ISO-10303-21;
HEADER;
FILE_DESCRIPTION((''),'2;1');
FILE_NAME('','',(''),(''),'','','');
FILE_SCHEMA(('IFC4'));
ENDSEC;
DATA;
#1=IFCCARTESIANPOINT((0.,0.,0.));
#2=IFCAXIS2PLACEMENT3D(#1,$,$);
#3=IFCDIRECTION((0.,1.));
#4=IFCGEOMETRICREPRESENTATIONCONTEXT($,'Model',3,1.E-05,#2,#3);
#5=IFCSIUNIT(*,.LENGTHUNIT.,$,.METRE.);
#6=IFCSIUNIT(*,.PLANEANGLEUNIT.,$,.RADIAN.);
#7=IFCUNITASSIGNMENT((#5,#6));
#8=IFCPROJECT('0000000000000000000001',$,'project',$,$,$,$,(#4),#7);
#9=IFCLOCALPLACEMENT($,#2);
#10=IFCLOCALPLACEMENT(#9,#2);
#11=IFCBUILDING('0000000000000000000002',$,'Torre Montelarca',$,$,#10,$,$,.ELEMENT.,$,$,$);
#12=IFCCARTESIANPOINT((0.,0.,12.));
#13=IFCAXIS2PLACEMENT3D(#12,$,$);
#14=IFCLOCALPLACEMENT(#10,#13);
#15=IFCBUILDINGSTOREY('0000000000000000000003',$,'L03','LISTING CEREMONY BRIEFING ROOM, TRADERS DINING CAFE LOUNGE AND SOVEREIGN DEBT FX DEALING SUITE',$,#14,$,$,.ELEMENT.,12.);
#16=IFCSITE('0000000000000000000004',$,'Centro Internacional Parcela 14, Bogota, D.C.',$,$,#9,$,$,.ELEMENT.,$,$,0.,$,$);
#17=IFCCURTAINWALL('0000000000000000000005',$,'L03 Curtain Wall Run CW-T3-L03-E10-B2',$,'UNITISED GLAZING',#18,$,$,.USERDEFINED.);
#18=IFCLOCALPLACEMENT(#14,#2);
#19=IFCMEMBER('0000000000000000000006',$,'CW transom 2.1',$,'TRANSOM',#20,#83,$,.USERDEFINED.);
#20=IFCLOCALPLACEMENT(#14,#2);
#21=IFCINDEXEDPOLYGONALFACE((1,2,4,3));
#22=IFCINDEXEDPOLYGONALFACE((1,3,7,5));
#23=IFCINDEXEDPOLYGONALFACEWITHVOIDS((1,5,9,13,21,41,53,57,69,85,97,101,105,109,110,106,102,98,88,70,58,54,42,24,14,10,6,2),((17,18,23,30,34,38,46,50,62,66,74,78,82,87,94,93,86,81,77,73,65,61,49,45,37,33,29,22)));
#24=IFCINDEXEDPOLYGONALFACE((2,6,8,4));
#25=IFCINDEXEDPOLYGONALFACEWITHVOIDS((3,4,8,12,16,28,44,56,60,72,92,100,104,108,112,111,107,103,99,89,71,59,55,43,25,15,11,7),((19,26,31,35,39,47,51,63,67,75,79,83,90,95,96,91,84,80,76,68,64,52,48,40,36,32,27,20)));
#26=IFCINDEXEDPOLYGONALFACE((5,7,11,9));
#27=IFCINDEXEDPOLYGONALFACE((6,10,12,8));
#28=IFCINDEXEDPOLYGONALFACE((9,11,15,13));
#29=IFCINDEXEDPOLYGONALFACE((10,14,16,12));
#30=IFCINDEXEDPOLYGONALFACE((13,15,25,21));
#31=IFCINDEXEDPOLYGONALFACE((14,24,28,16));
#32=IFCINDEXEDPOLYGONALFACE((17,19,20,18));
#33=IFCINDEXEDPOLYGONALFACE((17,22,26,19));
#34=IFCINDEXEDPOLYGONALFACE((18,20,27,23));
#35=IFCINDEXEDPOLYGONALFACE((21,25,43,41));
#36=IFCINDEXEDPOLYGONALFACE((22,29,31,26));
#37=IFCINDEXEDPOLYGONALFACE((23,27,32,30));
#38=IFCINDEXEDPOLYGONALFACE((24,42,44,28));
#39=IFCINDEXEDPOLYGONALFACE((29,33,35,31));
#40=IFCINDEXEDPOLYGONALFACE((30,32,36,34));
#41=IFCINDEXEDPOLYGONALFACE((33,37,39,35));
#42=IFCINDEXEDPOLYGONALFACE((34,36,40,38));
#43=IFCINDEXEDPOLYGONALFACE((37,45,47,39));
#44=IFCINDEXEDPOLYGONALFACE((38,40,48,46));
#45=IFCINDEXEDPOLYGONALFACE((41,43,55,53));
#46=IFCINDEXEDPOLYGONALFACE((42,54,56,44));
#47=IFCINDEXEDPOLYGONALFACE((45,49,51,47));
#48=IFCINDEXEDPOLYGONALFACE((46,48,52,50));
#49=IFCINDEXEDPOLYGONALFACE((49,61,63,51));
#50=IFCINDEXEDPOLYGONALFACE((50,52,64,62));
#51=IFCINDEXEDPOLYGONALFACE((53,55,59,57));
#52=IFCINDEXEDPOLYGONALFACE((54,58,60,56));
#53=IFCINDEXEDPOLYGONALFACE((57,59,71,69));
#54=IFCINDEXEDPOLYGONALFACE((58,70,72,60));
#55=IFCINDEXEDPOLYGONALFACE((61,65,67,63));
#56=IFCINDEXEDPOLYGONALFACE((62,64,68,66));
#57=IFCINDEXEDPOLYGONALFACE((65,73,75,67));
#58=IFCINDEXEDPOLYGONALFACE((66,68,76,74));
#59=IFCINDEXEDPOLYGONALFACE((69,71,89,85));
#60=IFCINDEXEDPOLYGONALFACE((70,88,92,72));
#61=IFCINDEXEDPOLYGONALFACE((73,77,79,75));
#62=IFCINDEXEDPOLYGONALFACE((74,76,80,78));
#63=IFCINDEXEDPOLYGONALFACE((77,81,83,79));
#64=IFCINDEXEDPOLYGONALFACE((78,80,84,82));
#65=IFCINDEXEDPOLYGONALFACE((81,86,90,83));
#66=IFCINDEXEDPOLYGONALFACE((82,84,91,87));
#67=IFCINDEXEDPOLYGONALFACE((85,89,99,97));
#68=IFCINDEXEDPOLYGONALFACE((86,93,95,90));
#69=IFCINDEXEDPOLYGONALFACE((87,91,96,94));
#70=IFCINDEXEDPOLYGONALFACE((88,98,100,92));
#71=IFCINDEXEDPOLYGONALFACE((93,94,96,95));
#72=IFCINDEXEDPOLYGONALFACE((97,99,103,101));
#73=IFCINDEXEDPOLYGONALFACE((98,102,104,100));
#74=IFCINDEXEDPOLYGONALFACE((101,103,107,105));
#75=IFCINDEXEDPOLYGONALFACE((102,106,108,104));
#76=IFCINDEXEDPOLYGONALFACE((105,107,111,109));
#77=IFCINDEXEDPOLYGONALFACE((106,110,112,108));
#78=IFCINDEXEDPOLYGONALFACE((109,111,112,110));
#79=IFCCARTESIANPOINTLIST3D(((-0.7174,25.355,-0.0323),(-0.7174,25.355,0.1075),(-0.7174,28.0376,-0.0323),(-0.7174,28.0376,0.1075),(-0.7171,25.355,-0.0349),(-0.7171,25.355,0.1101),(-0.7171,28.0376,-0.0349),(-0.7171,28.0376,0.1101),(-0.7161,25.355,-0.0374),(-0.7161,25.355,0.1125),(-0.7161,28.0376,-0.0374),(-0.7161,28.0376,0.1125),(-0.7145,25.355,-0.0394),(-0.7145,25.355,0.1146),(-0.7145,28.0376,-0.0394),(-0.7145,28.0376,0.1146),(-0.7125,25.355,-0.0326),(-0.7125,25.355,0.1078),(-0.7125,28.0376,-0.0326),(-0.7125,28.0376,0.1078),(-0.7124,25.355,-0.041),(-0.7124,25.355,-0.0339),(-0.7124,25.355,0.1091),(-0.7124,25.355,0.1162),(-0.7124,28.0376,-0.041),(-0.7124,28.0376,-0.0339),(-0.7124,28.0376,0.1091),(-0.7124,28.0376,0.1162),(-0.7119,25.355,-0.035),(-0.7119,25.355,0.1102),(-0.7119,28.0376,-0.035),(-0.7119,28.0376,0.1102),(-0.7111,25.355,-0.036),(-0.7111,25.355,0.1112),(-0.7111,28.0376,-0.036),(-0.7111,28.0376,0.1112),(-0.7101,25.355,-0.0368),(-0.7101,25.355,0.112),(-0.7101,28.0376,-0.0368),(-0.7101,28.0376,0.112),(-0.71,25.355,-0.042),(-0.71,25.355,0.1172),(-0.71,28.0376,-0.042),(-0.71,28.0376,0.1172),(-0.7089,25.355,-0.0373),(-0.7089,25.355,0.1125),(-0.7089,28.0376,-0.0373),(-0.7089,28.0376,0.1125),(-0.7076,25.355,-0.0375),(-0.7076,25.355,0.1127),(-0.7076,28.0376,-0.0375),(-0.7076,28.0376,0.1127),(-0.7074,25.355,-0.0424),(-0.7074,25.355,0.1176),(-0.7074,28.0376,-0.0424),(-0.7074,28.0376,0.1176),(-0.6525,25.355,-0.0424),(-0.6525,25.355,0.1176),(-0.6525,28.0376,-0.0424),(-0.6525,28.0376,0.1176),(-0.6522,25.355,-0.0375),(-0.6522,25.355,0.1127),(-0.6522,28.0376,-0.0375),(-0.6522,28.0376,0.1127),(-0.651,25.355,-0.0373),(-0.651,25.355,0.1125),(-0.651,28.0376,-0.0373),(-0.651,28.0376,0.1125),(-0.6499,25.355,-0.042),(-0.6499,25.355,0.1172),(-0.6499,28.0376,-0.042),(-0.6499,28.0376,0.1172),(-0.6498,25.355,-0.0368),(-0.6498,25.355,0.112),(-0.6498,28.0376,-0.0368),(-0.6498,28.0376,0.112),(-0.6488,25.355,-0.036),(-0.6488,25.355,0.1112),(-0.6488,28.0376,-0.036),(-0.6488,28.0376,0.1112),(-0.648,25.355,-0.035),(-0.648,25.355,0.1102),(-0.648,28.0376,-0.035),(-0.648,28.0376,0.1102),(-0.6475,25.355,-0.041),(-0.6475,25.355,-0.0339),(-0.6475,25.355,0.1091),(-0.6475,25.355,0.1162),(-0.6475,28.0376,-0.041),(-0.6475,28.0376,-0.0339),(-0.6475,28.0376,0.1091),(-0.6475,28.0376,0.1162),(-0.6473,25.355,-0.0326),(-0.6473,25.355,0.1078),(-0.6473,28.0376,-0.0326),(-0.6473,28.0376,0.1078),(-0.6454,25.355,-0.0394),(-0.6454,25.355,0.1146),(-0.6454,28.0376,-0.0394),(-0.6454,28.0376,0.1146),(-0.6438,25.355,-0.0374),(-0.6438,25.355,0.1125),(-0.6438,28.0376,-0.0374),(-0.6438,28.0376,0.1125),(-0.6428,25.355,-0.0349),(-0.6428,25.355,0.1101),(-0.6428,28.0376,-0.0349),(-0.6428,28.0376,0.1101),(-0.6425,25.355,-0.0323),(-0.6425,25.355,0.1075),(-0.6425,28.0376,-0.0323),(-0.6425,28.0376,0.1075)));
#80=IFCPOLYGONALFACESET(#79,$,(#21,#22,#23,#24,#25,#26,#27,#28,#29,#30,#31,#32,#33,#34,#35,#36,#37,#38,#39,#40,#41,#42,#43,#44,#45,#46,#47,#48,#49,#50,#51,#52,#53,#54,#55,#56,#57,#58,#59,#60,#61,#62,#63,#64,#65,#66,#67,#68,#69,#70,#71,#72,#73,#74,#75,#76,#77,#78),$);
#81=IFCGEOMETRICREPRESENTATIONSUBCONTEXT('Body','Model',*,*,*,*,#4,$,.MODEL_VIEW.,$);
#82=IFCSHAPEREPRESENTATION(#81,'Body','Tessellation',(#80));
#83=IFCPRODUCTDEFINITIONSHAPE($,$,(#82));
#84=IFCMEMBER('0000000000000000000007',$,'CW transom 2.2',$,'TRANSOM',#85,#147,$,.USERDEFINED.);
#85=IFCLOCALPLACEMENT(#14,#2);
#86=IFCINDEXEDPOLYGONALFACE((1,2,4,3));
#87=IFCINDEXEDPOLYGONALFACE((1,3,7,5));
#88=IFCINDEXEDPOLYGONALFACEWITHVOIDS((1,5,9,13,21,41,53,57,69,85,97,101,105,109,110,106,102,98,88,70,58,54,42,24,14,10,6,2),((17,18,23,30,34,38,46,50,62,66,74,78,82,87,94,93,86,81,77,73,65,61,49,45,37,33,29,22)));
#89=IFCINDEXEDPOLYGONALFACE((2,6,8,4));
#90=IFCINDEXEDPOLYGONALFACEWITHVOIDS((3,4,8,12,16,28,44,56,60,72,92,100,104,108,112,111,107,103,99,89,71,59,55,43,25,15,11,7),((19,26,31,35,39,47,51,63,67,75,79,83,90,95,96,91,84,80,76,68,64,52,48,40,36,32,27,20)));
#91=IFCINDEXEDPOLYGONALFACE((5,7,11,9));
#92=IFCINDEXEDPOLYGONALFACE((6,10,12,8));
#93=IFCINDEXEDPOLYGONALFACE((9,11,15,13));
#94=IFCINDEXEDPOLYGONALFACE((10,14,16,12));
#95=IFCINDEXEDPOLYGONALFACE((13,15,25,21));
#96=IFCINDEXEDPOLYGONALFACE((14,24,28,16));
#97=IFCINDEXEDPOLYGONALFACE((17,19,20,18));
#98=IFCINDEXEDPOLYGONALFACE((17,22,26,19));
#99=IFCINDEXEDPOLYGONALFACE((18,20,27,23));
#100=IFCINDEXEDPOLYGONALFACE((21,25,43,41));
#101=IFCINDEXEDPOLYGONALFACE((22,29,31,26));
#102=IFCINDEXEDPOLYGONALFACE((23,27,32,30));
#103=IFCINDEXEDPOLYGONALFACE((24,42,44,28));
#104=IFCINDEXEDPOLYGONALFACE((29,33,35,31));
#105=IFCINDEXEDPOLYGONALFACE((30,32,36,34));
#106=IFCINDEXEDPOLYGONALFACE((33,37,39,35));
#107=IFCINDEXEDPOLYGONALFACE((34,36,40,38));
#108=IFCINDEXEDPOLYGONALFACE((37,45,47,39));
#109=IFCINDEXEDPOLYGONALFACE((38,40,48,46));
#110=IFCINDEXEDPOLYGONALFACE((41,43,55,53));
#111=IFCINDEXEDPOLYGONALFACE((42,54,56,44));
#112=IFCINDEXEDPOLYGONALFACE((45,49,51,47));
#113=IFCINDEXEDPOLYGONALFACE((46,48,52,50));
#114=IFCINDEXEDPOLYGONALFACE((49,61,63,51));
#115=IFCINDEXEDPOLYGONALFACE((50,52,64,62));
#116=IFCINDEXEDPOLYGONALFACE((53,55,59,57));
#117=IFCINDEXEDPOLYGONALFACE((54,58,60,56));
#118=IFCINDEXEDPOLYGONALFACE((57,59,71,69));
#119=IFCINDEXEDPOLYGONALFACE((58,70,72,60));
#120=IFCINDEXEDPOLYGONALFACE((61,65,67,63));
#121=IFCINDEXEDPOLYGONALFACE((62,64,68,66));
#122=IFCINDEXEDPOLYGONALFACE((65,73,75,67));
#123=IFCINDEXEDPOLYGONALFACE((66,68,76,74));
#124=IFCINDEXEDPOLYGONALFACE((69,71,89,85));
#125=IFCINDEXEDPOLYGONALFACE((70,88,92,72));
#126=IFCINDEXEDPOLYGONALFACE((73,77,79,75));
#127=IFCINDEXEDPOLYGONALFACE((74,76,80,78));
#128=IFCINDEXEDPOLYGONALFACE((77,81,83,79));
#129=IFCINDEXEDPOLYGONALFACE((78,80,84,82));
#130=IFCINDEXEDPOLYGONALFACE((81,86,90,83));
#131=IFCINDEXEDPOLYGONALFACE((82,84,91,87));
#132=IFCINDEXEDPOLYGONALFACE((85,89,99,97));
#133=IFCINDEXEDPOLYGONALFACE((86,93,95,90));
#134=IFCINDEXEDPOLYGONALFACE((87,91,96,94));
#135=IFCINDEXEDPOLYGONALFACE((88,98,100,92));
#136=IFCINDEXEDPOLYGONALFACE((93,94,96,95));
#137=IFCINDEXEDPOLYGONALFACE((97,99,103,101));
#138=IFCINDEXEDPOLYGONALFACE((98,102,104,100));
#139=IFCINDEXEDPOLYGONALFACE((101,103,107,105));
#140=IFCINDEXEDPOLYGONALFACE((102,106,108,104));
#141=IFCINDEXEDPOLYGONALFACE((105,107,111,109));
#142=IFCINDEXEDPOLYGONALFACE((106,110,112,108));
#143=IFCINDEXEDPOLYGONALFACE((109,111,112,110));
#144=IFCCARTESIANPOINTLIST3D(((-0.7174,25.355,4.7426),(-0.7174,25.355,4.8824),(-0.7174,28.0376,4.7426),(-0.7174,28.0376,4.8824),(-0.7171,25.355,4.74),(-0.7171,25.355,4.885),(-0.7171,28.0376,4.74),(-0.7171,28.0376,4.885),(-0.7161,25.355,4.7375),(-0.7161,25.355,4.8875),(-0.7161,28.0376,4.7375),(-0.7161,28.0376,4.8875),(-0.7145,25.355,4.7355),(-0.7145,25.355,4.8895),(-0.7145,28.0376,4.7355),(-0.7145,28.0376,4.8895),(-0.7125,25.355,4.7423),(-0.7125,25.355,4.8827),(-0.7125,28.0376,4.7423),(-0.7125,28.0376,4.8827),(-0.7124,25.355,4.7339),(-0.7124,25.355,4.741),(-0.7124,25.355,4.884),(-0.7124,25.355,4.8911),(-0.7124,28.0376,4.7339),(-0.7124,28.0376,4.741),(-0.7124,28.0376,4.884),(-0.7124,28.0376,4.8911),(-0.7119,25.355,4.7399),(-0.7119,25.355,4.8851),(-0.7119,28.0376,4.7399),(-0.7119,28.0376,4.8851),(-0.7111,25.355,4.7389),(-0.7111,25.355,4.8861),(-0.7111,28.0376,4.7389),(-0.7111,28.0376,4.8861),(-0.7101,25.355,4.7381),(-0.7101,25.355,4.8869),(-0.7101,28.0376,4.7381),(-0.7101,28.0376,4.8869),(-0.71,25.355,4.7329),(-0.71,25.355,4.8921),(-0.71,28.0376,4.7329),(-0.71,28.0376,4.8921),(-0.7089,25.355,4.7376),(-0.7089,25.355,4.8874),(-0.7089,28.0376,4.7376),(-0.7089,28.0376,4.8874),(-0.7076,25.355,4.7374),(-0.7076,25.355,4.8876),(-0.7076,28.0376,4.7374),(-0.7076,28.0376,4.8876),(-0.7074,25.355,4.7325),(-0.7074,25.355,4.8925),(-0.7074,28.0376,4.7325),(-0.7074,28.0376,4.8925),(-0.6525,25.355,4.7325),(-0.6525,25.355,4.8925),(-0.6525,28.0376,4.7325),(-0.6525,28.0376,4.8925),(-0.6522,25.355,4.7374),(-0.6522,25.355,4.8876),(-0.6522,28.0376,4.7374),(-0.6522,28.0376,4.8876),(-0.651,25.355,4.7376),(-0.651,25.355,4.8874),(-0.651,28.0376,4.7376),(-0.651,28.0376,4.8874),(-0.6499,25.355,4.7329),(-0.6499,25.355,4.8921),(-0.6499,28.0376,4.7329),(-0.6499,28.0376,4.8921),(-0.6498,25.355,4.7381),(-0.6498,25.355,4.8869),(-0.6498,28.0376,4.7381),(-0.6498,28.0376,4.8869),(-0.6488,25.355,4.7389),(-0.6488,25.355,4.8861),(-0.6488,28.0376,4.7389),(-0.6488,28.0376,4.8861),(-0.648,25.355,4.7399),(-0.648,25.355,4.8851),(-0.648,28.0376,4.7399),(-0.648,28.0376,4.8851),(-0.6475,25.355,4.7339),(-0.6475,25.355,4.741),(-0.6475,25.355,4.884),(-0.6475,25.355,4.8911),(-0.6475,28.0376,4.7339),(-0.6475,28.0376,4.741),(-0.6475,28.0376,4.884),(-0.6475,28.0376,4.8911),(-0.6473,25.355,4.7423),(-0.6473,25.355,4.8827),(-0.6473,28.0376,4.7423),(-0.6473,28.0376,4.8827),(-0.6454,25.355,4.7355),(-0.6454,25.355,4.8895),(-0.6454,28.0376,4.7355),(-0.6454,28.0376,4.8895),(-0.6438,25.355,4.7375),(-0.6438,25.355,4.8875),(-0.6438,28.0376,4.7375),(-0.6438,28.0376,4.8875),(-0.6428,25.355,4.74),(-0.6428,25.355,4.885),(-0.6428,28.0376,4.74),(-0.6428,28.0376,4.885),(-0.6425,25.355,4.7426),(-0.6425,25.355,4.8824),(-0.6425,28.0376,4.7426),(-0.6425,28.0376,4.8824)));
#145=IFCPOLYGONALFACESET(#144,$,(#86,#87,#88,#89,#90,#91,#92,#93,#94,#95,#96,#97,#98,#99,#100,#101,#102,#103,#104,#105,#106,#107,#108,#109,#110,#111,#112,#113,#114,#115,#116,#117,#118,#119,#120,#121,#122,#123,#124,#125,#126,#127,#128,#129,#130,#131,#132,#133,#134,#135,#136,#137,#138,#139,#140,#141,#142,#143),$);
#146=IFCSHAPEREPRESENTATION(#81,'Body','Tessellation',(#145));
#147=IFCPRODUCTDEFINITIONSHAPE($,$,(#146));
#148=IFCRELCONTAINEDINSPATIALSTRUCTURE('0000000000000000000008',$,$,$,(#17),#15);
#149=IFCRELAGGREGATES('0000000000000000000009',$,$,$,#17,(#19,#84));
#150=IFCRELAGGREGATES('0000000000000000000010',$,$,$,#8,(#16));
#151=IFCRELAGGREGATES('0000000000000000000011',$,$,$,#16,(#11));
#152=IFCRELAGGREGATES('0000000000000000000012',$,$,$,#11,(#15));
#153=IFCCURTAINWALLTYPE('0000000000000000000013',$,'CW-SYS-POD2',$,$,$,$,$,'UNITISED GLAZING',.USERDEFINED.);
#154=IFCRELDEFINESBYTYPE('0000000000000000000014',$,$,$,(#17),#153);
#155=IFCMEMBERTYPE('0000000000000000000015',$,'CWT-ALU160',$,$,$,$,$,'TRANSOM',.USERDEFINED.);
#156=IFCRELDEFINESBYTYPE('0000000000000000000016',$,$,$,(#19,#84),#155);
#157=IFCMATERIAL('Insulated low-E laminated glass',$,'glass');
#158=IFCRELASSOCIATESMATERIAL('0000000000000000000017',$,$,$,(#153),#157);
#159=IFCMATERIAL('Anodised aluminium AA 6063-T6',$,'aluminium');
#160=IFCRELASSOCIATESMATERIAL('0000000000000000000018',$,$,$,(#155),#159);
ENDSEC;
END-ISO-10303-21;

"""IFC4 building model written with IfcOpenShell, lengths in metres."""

from ifc_helpers import new_model, si_unit, direction, frame, origin, origin_2d, place, context, subcontext, project, spatial, hollow_rectangle, extrude, source, transform, mapped, material, material_profile, profile_set, type_object, element, aggregate, save


model = new_model("IFC4")

# Units and contexts
model_context = context("Model", 3, precision=1e-05, world=origin(), true_north=direction((0.0, 1.0)))
body_context = subcontext(model_context, "Body", "Model", "MODEL_VIEW")
ifc_project = project(units=[si_unit("LENGTHUNIT", "METRE"), si_unit("PLANEANGLEUNIT", "RADIAN")], contexts=[model_context])

# Site, building, storey
site_placement = place(None, origin())
site = spatial("IfcSite", under=ifc_project, at=site_placement, Name="Centro Internacional Parcela 14, Bogota, D.C.", CompositionType="ELEMENT", RefElevation=0.0)
building_placement = place(site_placement, origin())
building = spatial("IfcBuilding", under=site, at=building_placement, Name="Torre Montelarca", CompositionType="ELEMENT")
storey_placement = place(building_placement, frame((0.0, 0.0, 12.0)))
storey = spatial("IfcBuildingStorey", under=building, at=storey_placement, Name="L03", Description="LISTING CEREMONY BRIEFING ROOM, TRADERS DINING CAFE LOUNGE AND SOVEREIGN DEBT FX DEALING SUITE", CompositionType="ELEMENT", Elevation=12.0)

# Curtain wall, members
ifc_material_1 = material(Name="Insulated low-E laminated glass", Category="glass")
curtain_wall_type = type_object("IfcCurtainWallType", Name="CW-SYS-POD2", ElementType="UNITISED GLAZING", PredefinedType="USERDEFINED", material=ifc_material_1)
ifc_material_2 = material(Name="Anodised aluminium AA 6063-T6", Category="aluminium")
ifc_material_profile_1 = material_profile(ifc_material_2, hollow_rectangle(XDim=0.075, YDim=0.1599, WallThickness=0.0049, InnerFilletRadius=0.0049, OuterFilletRadius=0.01, at=origin_2d()), Name="ALU75X160X5", Category="aluminium")
ifc_profile_set_1 = profile_set([ifc_material_profile_1], Name="Anodised aluminium AA 6063-T6")
member_type_1 = type_object("IfcMemberType", Name="CWT-ALU160", ElementType="TRANSOM", PredefinedType="USERDEFINED", material=ifc_profile_set_1)
curtain_wall_1_placement = place(storey_placement, origin())
curtain_wall_1 = element("IfcCurtainWall", 1, at=curtain_wall_1_placement, inside=storey, type_object=curtain_wall_type, Name="L03 Curtain Wall Run CW-T3-L03-E10-B2", ObjectType="UNITISED GLAZING", PredefinedType="USERDEFINED")
shared_shape_1 = source(origin(), body_context, "Body", "SweptSolid", [
    extrude(hollow_rectangle(XDim=0.075, YDim=0.1599, WallThickness=0.0049, InnerFilletRadius=0.0049, OuterFilletRadius=0.01, at=origin_2d()), origin(), (0.0, 0.0, 1.0), 2.6826),
])
member_1_placement = place(storey_placement, frame((-0.6799, 28.0376, 0.0376), z_axis=(0.0, -1.0, 0.0), x_axis=(1.0, 0.0, 0.0)))
member_1 = element("IfcMember", 2, at=member_1_placement, type_object=member_type_1, Name="CW transom 2.1", ObjectType="TRANSOM", PredefinedType="USERDEFINED", context=body_context, shape_type="MappedRepresentation", body=[
    mapped(shared_shape_1, transform((0.0, 0.0, 0.0), scale=1.0)),
])
member_2_placement = place(storey_placement, frame((-0.6799, 28.0376, 4.8125), z_axis=(0.0, -1.0, 0.0), x_axis=(1.0, 0.0, 0.0)))
member_2 = element("IfcMember", 3, at=member_2_placement, type_object=member_type_1, Name="CW transom 2.2", ObjectType="TRANSOM", PredefinedType="USERDEFINED", context=body_context, shape_type="MappedRepresentation", body=[
    mapped(shared_shape_1, transform((0.0, 0.0, 0.0), scale=1.0)),
])

aggregate(curtain_wall_1, [member_1, member_2])

save(model, "model.ifc")
